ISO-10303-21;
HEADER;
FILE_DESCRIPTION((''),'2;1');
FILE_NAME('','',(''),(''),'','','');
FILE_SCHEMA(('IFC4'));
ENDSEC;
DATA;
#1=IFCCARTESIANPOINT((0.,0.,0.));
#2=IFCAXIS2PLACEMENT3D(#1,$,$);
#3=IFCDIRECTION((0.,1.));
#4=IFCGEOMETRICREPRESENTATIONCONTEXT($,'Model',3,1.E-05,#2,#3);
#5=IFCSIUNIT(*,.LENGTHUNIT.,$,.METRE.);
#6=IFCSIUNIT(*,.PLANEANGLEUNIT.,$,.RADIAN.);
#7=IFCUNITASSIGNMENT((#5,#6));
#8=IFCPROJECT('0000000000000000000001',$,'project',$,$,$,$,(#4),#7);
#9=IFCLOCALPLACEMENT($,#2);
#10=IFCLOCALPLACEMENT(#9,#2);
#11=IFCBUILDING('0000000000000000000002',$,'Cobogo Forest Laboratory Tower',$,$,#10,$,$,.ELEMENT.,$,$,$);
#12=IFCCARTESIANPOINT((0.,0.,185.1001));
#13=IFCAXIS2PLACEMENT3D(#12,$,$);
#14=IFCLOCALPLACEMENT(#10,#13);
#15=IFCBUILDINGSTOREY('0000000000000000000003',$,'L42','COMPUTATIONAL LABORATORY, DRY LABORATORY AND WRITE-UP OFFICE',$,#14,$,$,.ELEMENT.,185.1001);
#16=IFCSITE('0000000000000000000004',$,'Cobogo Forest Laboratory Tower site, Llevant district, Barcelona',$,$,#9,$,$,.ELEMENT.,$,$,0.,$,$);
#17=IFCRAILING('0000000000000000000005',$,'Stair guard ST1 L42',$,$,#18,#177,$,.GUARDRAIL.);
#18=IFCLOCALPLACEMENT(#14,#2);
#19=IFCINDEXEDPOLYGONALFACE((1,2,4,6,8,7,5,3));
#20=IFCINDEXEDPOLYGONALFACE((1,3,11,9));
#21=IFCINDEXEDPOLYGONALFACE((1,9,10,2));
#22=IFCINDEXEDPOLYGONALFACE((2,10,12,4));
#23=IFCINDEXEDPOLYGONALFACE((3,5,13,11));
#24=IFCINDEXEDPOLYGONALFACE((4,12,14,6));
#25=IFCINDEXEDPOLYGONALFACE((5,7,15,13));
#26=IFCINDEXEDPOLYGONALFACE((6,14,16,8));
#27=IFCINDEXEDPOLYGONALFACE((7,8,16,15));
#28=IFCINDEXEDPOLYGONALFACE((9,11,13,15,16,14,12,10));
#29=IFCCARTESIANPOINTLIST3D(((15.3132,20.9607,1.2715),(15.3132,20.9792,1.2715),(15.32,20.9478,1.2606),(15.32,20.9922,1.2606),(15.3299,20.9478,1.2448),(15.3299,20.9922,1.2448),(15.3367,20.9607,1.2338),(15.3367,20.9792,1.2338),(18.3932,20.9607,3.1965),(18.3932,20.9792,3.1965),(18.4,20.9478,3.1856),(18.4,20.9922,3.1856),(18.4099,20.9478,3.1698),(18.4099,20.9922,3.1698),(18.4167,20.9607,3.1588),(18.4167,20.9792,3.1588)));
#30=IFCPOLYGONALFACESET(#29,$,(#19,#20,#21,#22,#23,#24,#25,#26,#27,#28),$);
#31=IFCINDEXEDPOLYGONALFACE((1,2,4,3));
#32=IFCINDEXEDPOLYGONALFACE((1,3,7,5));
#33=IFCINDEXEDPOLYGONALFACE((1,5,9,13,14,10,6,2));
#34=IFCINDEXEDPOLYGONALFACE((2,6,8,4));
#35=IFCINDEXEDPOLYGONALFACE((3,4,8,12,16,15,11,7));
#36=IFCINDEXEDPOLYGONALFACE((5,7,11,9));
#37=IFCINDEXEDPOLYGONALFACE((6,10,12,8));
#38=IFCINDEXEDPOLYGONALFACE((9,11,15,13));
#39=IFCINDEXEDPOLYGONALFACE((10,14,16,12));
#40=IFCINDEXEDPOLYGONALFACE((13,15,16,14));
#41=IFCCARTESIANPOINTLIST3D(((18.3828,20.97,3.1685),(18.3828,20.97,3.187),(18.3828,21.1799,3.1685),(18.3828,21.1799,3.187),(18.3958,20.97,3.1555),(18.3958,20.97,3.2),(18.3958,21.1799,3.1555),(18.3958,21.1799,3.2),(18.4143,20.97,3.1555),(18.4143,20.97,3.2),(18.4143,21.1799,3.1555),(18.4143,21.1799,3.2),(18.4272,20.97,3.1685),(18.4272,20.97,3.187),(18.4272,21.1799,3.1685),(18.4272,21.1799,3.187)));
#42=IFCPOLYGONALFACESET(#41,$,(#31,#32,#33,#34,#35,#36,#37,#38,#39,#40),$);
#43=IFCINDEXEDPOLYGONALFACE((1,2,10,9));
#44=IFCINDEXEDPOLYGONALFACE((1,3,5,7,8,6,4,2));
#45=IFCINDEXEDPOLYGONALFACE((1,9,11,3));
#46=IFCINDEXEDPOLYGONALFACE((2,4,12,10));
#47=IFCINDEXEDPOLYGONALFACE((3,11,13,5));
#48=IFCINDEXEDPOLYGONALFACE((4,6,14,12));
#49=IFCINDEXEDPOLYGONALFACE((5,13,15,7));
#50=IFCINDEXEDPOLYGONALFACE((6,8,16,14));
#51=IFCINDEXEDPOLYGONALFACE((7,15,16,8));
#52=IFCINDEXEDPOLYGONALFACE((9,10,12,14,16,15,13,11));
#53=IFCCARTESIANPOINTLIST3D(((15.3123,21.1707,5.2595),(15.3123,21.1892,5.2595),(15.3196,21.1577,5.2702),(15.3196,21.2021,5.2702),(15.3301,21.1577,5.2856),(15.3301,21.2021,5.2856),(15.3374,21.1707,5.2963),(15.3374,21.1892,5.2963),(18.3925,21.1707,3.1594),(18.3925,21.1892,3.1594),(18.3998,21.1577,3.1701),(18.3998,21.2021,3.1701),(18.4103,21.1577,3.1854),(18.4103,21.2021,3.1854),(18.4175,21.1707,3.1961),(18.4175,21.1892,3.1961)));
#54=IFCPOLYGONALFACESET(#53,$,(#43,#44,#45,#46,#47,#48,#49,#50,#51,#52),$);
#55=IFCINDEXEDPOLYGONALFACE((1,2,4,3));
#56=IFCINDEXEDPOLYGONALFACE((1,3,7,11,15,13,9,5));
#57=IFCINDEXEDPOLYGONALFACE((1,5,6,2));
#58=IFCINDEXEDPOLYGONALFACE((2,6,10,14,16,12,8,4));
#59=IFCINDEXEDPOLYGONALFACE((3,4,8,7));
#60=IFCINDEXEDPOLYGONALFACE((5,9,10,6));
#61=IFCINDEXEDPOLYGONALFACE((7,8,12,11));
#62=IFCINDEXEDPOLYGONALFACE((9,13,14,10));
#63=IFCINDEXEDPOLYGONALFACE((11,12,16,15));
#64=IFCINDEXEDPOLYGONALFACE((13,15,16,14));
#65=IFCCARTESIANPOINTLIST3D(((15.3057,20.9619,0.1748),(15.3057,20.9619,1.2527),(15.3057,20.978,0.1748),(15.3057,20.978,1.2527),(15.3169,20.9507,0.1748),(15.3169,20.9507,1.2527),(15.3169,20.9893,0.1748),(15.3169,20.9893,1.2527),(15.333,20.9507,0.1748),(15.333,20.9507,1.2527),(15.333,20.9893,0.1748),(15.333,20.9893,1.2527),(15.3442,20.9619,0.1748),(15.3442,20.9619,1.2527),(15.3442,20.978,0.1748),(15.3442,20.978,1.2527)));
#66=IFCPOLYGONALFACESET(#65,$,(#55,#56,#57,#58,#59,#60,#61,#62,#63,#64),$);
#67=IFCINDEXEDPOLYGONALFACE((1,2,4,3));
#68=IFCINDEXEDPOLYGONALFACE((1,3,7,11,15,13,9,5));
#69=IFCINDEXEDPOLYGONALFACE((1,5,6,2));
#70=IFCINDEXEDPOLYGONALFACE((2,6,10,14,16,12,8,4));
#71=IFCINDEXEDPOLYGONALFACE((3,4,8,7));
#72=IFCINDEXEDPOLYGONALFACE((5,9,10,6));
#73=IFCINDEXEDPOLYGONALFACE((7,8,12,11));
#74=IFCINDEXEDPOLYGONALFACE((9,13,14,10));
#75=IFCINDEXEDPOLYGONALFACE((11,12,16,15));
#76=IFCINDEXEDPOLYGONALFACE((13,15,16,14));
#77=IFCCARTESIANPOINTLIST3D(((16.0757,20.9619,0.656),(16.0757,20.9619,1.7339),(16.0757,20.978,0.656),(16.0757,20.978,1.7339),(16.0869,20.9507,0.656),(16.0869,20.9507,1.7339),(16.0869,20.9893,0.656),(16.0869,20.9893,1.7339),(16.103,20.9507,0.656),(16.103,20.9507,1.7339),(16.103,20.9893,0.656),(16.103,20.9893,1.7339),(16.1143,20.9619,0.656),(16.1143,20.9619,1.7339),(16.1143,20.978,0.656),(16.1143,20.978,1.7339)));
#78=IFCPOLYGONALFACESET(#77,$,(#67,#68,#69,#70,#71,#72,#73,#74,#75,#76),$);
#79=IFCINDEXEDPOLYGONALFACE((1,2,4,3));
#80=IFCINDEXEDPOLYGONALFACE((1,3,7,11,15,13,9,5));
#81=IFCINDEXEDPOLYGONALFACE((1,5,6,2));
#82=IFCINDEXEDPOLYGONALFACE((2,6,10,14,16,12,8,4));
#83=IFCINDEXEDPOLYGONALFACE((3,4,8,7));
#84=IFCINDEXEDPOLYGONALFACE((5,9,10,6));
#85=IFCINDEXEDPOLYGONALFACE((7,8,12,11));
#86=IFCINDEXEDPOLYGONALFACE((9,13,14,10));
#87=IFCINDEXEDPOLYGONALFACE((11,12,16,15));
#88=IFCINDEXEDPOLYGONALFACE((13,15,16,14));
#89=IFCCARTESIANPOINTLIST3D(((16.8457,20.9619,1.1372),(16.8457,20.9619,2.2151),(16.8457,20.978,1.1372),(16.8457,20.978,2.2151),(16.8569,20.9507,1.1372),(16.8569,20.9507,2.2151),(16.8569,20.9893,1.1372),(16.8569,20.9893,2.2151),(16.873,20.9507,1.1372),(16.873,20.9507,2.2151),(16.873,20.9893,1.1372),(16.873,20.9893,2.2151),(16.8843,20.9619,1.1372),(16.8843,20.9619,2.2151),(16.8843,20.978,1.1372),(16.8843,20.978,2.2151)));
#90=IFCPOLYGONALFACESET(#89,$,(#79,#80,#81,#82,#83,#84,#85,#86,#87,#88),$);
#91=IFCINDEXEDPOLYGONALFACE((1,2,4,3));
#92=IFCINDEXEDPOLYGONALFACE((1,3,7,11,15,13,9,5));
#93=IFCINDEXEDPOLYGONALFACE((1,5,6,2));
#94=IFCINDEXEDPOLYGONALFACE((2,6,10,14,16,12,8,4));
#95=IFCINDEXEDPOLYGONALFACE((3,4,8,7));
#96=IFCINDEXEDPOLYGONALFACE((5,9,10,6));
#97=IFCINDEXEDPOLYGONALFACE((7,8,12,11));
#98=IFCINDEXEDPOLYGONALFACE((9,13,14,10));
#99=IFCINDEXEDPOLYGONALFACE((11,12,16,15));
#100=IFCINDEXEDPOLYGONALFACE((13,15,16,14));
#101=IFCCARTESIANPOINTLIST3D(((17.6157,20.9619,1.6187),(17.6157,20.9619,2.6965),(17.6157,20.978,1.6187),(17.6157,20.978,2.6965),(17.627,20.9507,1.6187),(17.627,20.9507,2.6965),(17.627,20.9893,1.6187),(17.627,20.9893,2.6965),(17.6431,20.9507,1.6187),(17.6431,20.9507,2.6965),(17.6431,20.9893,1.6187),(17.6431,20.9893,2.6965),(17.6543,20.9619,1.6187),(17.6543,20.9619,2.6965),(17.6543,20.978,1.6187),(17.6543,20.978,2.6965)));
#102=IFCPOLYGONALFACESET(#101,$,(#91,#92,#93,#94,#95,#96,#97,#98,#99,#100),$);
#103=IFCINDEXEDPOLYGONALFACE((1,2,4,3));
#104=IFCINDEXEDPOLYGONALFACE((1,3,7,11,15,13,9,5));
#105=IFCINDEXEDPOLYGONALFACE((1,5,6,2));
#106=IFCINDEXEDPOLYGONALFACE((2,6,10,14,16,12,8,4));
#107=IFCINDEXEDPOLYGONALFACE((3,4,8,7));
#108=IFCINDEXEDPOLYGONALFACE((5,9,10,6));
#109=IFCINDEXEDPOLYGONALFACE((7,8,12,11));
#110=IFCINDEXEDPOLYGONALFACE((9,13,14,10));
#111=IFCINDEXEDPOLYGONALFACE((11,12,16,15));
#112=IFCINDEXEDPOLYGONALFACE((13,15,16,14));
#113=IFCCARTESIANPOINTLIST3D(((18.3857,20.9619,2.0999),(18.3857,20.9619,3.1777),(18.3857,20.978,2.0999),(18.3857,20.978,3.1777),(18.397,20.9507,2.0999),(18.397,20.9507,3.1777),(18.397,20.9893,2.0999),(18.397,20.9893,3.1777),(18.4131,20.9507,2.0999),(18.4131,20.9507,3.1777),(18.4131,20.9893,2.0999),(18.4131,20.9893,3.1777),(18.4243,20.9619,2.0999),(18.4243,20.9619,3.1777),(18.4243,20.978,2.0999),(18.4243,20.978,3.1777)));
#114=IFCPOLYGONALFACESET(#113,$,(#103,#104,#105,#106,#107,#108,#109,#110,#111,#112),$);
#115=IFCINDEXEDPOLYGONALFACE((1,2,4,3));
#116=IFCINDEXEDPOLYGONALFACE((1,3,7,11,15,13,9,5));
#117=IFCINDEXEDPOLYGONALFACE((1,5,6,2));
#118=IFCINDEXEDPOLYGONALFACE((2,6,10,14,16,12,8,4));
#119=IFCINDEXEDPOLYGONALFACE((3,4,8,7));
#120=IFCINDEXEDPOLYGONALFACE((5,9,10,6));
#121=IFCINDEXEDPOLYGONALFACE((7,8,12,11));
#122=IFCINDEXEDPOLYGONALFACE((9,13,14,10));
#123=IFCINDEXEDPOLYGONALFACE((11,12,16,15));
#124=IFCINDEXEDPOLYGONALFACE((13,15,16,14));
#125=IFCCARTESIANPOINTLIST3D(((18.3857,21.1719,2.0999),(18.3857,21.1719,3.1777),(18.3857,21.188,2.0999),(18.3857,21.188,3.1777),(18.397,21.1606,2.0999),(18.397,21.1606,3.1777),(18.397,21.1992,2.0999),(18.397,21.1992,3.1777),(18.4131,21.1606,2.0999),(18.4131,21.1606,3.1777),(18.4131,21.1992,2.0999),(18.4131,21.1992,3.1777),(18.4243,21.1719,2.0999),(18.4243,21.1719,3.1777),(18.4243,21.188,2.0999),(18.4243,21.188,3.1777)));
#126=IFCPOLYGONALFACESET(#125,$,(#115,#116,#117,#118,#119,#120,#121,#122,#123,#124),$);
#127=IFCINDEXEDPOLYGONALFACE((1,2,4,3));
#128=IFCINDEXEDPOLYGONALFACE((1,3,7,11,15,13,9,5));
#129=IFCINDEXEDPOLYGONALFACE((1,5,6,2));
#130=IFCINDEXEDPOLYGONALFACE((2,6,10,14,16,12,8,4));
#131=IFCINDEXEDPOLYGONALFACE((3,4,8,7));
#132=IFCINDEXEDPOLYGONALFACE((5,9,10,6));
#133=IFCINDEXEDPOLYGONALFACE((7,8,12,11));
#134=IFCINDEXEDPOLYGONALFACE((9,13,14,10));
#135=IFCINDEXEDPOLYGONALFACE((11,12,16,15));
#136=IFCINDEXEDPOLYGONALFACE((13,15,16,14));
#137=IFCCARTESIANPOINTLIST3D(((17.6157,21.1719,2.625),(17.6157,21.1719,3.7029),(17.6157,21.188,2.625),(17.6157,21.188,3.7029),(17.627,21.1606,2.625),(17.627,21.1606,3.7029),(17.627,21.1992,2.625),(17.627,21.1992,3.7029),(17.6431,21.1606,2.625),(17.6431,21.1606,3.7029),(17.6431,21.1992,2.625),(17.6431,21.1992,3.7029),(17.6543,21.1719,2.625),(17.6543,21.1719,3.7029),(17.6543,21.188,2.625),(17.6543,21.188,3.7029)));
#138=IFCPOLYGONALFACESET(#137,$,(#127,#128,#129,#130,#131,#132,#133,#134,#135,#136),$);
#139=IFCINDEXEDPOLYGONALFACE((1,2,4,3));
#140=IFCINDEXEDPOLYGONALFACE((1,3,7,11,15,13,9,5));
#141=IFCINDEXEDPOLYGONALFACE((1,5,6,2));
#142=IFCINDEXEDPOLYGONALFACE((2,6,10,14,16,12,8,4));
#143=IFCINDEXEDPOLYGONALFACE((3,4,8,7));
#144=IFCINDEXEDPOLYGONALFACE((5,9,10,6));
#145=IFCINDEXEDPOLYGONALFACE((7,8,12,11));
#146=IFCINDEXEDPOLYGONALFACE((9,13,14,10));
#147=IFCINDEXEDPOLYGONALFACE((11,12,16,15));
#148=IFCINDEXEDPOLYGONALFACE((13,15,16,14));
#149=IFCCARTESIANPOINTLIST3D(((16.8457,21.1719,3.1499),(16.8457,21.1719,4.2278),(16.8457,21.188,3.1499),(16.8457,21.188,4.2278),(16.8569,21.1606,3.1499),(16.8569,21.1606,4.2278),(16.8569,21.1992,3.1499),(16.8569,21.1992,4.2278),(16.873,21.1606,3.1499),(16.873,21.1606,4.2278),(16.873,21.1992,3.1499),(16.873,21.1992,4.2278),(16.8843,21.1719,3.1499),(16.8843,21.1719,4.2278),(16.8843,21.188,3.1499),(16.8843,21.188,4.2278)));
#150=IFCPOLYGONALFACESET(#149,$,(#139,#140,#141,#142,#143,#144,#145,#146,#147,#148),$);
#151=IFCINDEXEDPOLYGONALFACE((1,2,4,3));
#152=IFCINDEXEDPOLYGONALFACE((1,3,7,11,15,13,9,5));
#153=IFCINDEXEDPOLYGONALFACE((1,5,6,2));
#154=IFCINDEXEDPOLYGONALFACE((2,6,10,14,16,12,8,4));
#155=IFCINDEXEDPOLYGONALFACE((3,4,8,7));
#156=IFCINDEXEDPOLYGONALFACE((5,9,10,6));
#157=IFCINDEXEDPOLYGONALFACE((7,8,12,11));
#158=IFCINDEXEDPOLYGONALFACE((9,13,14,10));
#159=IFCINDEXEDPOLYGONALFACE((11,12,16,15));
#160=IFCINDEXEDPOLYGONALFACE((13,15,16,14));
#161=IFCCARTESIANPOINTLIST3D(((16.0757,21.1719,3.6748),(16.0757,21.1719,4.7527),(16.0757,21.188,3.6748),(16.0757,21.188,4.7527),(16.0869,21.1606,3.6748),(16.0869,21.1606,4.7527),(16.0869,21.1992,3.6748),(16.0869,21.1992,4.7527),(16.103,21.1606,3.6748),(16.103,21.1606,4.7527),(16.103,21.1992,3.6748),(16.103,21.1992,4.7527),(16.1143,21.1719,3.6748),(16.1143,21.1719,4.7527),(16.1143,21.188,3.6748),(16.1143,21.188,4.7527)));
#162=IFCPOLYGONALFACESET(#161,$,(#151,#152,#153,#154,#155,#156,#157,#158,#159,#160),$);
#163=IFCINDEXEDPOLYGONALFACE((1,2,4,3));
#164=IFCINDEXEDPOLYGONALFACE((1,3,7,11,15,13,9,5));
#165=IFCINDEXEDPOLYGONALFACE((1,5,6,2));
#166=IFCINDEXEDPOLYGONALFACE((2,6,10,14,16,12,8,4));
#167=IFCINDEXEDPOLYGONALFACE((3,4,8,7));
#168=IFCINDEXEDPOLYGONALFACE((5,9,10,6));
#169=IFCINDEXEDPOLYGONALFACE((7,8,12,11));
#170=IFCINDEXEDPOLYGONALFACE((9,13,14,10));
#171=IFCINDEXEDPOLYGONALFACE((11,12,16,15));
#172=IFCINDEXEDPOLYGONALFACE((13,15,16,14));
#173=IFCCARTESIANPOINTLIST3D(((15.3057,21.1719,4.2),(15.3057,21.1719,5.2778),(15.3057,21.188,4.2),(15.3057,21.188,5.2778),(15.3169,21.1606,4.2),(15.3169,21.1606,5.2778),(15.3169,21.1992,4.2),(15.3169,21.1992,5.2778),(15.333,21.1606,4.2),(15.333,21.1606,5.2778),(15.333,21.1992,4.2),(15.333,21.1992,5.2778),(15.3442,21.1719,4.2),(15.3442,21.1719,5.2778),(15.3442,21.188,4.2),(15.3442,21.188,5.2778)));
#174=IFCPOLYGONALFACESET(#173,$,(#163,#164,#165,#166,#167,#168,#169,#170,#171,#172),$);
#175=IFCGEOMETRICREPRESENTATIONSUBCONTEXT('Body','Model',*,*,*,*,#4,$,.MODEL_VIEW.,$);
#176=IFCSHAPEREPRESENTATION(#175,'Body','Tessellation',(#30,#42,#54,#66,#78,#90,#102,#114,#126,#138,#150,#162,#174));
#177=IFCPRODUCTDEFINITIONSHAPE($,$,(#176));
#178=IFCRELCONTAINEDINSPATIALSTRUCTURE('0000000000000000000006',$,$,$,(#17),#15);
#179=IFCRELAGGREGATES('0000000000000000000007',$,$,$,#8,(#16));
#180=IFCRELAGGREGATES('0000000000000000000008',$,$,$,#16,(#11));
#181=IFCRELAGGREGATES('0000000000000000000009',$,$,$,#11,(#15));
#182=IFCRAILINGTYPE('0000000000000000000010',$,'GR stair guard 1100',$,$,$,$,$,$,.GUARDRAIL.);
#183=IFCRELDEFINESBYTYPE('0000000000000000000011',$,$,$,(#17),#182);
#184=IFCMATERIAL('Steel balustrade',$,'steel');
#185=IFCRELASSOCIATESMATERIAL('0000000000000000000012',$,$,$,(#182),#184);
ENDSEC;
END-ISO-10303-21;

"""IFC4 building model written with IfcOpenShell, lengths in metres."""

from ifc_helpers import new_model, si_unit, direction, frame, origin, place, context, subcontext, project, spatial, polyline, outline, extrude, material, type_object, element, save


model = new_model("IFC4")

# Units and contexts
model_context = context("Model", 3, precision=1e-05, world=origin(), true_north=direction((0.0, 1.0)))
body_context = subcontext(model_context, "Body", "Model", "MODEL_VIEW")
ifc_project = project(units=[si_unit("LENGTHUNIT", "METRE"), si_unit("PLANEANGLEUNIT", "RADIAN")], contexts=[model_context])

# Site, building, storey
site_placement = place(None, origin())
site = spatial("IfcSite", under=ifc_project, at=site_placement, Name="Cobogo Forest Laboratory Tower site, Llevant district, Barcelona", CompositionType="ELEMENT", RefElevation=0.0)
building_placement = place(site_placement, origin())
building = spatial("IfcBuilding", under=site, at=building_placement, Name="Cobogo Forest Laboratory Tower", CompositionType="ELEMENT")
storey_placement = place(building_placement, frame((0.0, 0.0, 185.1001)))
storey = spatial("IfcBuildingStorey", under=building, at=storey_placement, Name="L42", Description="COMPUTATIONAL LABORATORY, DRY LABORATORY AND WRITE-UP OFFICE", CompositionType="ELEMENT", Elevation=185.1001)

# Railing
ifc_material_1 = material(Name="Steel balustrade", Category="steel")
railing_type_1 = type_object("IfcRailingType", Name="GR stair guard 1100", PredefinedType="GUARDRAIL", material=ifc_material_1)
railing_1_placement = place(storey_placement, frame((15.325, 20.97, 0.1748)))
element("IfcRailing", 1, at=railing_1_placement, inside=storey, type_object=railing_type_1, Name="Stair guard ST1 L42", PredefinedType="GUARDRAIL", context=body_context, shape_type="SweptSolid", body=[
    extrude(outline(polyline([(0.0222, 0.0093), (0.0093, 0.0222), (-0.0093, 0.0222), (-0.0222, 0.0093), (-0.0222, -0.0093), (-0.0093, -0.0222), (0.0093, -0.0222), (0.0222, -0.0093), (0.0222, 0.0093)])), frame((0.0, 0.0, 1.0779), z_axis=(0.847998, 0.0, 0.529999), x_axis=(0.0, 1.0, 0.0)), (0.0, 0.0, 1.0), 3.6321),
    extrude(outline(polyline([(0.0222, 0.0093), (0.0093, 0.0222), (-0.0093, 0.0222), (-0.0222, 0.0093), (-0.0222, -0.0093), (-0.0093, -0.0222), (0.0093, -0.0222), (0.0222, -0.0093), (0.0222, 0.0093)])), frame((3.0801, 0.0, 3.0029), z_axis=(0.0, 1.0, 0.0), x_axis=(-1.0, 0.0, 0.0)), (0.0, 0.0, 1.0), 0.21),
    extrude(outline(polyline([(0.0222, 0.0093), (0.0093, 0.0222), (-0.0093, 0.0222), (-0.0222, 0.0093), (-0.0222, -0.0093), (-0.0093, -0.0222), (0.0093, -0.0222), (0.0222, -0.0093), (0.0222, 0.0093)])), frame((3.0801, 0.21, 3.0029), z_axis=(-0.826222, 0.0, 0.563345), x_axis=(0.0, -1.0, 0.0)), (0.0, 0.0, 1.0), 3.728),
    extrude(outline(polyline([(0.0193, 0.0081), (0.0081, 0.0193), (-0.0081, 0.0193), (-0.0193, 0.0081), (-0.0193, -0.0081), (-0.0081, -0.0193), (0.0081, -0.0193), (0.0193, -0.0081), (0.0193, 0.0081)])), origin(), (0.0, 0.0, 1.0), 1.0779),
    extrude(outline(polyline([(0.0193, 0.0081), (0.0081, 0.0193), (-0.0081, 0.0193), (-0.0193, 0.0081), (-0.0193, -0.0081), (-0.0081, -0.0193), (0.0081, -0.0193), (0.0193, -0.0081), (0.0193, 0.0081)])), frame((0.77, 0.0, 0.4812)), (0.0, 0.0, 1.0), 1.0779),
    extrude(outline(polyline([(0.0193, 0.0081), (0.0081, 0.0193), (-0.0081, 0.0193), (-0.0193, 0.0081), (-0.0193, -0.0081), (-0.0081, -0.0193), (0.0081, -0.0193), (0.0193, -0.0081), (0.0193, 0.0081)])), frame((1.54, 0.0, 0.9624)), (0.0, 0.0, 1.0), 1.0779),
    extrude(outline(polyline([(0.0193, 0.0081), (0.0081, 0.0193), (-0.0081, 0.0193), (-0.0193, 0.0081), (-0.0193, -0.0081), (-0.0081, -0.0193), (0.0081, -0.0193), (0.0193, -0.0081), (0.0193, 0.0081)])), frame((2.3101, 0.0, 1.4438)), (0.0, 0.0, 1.0), 1.0779),
    extrude(outline(polyline([(0.0193, 0.0081), (0.0081, 0.0193), (-0.0081, 0.0193), (-0.0193, 0.0081), (-0.0193, -0.0081), (-0.0081, -0.0193), (0.0081, -0.0193), (0.0193, -0.0081), (0.0193, 0.0081)])), frame((3.0801, 0.0, 1.925)), (0.0, 0.0, 1.0), 1.0779),
    extrude(outline(polyline([(0.0193, 0.0081), (0.0081, 0.0193), (-0.0081, 0.0193), (-0.0193, 0.0081), (-0.0193, -0.0081), (-0.0081, -0.0193), (0.0081, -0.0193), (0.0193, -0.0081), (0.0193, 0.0081)])), frame((3.0801, 0.21, 1.925)), (0.0, 0.0, 1.0), 1.0779),
    extrude(outline(polyline([(0.0193, 0.0081), (0.0081, 0.0193), (-0.0081, 0.0193), (-0.0193, 0.0081), (-0.0193, -0.0081), (-0.0081, -0.0193), (0.0081, -0.0193), (0.0193, -0.0081), (0.0193, 0.0081)])), frame((2.3101, 0.21, 2.4502)), (0.0, 0.0, 1.0), 1.0779),
    extrude(outline(polyline([(0.0193, 0.0081), (0.0081, 0.0193), (-0.0081, 0.0193), (-0.0193, 0.0081), (-0.0193, -0.0081), (-0.0081, -0.0193), (0.0081, -0.0193), (0.0193, -0.0081), (0.0193, 0.0081)])), frame((1.54, 0.21, 2.9751)), (0.0, 0.0, 1.0), 1.0779),
    extrude(outline(polyline([(0.0193, 0.0081), (0.0081, 0.0193), (-0.0081, 0.0193), (-0.0193, 0.0081), (-0.0193, -0.0081), (-0.0081, -0.0193), (0.0081, -0.0193), (0.0193, -0.0081), (0.0193, 0.0081)])), frame((0.77, 0.21, 3.5)), (0.0, 0.0, 1.0), 1.0779),
    extrude(outline(polyline([(0.0193, 0.0081), (0.0081, 0.0193), (-0.0081, 0.0193), (-0.0193, 0.0081), (-0.0193, -0.0081), (-0.0081, -0.0193), (0.0081, -0.0193), (0.0193, -0.0081), (0.0193, 0.0081)])), frame((0.0, 0.21, 4.0251)), (0.0, 0.0, 1.0), 1.0779),
])

save(model, "model.ifc")
